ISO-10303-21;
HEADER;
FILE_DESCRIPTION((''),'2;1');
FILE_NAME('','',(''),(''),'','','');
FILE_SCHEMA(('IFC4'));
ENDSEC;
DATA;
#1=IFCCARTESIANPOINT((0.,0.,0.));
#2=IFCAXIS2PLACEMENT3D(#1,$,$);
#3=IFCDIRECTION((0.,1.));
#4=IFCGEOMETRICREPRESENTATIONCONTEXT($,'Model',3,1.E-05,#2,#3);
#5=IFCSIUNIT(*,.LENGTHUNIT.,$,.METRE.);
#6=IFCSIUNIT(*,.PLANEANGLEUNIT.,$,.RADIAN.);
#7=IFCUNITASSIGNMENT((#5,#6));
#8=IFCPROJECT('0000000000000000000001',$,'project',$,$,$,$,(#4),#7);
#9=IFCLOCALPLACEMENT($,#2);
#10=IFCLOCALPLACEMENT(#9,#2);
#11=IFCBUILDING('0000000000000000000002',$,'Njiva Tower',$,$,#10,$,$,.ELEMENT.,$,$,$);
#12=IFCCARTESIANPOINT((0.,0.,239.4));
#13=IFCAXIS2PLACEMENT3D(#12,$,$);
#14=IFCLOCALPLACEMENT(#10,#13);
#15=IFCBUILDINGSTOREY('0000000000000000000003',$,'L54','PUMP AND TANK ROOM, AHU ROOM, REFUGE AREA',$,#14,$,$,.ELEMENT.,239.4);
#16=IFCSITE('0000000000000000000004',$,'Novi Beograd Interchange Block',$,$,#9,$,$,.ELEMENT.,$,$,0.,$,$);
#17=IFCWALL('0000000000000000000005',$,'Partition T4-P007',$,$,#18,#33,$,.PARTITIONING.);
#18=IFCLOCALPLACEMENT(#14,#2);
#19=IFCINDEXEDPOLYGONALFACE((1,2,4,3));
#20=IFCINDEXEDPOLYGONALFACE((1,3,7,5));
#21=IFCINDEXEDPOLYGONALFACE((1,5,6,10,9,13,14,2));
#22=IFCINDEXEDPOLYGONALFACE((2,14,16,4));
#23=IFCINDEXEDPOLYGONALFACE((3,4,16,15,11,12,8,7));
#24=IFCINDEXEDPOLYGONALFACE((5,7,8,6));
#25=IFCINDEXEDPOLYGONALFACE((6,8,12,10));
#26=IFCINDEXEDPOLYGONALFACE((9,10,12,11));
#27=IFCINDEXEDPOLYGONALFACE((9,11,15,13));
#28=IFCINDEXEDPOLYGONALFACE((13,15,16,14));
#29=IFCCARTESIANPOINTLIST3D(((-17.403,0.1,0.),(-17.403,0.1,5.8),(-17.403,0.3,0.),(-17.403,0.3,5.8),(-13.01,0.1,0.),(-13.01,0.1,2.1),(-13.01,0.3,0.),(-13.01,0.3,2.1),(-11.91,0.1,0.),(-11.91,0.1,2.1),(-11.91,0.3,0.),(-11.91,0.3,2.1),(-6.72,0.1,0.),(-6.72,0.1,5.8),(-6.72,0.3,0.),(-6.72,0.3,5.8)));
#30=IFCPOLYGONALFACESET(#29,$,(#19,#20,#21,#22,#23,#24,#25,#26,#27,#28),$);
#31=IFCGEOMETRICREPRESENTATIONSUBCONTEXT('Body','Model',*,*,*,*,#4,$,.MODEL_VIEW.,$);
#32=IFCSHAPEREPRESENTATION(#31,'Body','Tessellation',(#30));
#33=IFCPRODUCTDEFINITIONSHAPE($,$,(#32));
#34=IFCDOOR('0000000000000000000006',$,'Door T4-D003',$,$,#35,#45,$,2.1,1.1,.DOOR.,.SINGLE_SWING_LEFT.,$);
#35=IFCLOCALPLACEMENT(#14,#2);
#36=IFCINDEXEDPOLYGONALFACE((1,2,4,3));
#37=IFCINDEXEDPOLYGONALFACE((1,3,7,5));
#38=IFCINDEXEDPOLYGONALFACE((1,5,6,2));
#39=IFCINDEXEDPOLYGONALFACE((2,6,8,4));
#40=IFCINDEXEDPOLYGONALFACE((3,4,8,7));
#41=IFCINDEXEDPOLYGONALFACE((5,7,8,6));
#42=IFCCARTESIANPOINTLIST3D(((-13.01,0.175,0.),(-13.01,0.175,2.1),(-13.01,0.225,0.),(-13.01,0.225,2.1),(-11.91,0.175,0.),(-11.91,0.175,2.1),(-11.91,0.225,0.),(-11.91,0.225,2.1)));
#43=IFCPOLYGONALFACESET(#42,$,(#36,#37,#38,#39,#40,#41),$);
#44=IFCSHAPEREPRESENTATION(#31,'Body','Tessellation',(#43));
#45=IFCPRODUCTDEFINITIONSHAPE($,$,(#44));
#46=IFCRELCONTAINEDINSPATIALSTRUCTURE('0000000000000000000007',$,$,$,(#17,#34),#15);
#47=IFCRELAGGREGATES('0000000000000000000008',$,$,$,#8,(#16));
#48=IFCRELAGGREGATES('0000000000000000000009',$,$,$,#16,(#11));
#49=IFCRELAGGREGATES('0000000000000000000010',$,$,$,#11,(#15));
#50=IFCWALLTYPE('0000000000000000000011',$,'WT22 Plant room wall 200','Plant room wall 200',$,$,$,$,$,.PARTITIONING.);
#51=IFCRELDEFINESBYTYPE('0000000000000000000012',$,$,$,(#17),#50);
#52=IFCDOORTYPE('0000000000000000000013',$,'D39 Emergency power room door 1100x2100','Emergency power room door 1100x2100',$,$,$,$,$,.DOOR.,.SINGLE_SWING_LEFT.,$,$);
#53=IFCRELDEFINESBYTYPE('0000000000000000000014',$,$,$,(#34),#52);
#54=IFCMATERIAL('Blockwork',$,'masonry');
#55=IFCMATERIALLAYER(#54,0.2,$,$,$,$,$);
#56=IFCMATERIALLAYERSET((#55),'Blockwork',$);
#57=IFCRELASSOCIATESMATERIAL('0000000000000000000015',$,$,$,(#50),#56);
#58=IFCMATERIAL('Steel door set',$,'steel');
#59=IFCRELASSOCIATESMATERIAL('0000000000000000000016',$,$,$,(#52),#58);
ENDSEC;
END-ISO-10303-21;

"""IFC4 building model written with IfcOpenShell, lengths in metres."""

from ifc_helpers import new_model, si_unit, direction, frame, frame_2d, origin, place, context, subcontext, project, spatial, rectangle, extrude, material, layer, layer_set, type_object, element, fill, save


model = new_model("IFC4")

# Units and contexts
model_context = context("Model", 3, precision=1e-05, world=origin(), true_north=direction((0.0, 1.0)))
body_context = subcontext(model_context, "Body", "Model", "MODEL_VIEW")
ifc_project = project(units=[si_unit("LENGTHUNIT", "METRE"), si_unit("PLANEANGLEUNIT", "RADIAN")], contexts=[model_context])

# Site, building, storey
site_placement = place(None, origin())
site = spatial("IfcSite", under=ifc_project, at=site_placement, Name="Novi Beograd Interchange Block", CompositionType="ELEMENT", RefElevation=0.0)
building_placement = place(site_placement, origin())
building = spatial("IfcBuilding", under=site, at=building_placement, Name="Njiva Tower", CompositionType="ELEMENT")
storey_placement = place(building_placement, frame((0.0, 0.0, 239.4)))
storey = spatial("IfcBuildingStorey", under=building, at=storey_placement, Name="L54", Description="PUMP AND TANK ROOM, AHU ROOM, REFUGE AREA", CompositionType="ELEMENT", Elevation=239.4)

# Wall, opening, door
ifc_material_1 = material(Name="Blockwork", Category="masonry")
ifc_layer = layer(ifc_material_1, 0.2)
ifc_layer_set = layer_set([ifc_layer], Name="Blockwork")
wall_type = type_object("IfcWallType", Name="WT22 Plant room wall 200", Description="Plant room wall 200", PredefinedType="PARTITIONING", material=ifc_layer_set)
wall_placement = place(storey_placement, frame((-17.403, 0.2, 0.0), z_axis=(0.0, 0.0, 1.0), x_axis=(1.0, 0.0, 0.0)))
wall = element("IfcWall", 1, at=wall_placement, inside=storey, type_object=wall_type, Name="Partition T4-P007", PredefinedType="PARTITIONING", context=body_context, shape_type="SweptSolid", body=[
    extrude(rectangle(XDim=10.683, YDim=0.2, at=frame_2d((5.3415, 0.0))), origin(), (0.0, 0.0, 1.0), 5.8),
])
opening_placement = place(wall_placement, frame((4.393, 0.0, 0.0)))
opening = element("IfcOpeningElement", 2, at=opening_placement, cuts=wall, PredefinedType="OPENING", context=body_context, shape_type="SweptSolid", body=[
    extrude(rectangle(XDim=1.1, YDim=2.1, at=frame_2d((0.55, 1.05))), frame((0.0, 0.11, 0.0), z_axis=(0.0, -1.0, 0.0), x_axis=(1.0, 0.0, 0.0)), (0.0, 0.0, 1.0), 0.22),
])
ifc_material_2 = material(Name="Steel door set", Category="steel")
door_type = type_object("IfcDoorType", Name="D39 Emergency power room door 1100x2100", Description="Emergency power room door 1100x2100", OperationType="SINGLE_SWING_LEFT", PredefinedType="DOOR", material=ifc_material_2)
door_placement = place(opening_placement, origin())
door = element("IfcDoor", 3, at=door_placement, inside=storey, type_object=door_type, Name="Door T4-D003", OperationType="SINGLE_SWING_LEFT", OverallHeight=2.1, OverallWidth=1.1, PredefinedType="DOOR", context=body_context, shape_type="SweptSolid", body=[
    extrude(rectangle(XDim=1.1, YDim=2.1, at=frame_2d((0.55, 1.05))), frame((0.0, 0.025, 0.0), z_axis=(0.0, -1.0, 0.0), x_axis=(1.0, 0.0, 0.0)), (0.0, 0.0, 1.0), 0.05),
])
fill(opening, door)

save(model, "model.ifc")
